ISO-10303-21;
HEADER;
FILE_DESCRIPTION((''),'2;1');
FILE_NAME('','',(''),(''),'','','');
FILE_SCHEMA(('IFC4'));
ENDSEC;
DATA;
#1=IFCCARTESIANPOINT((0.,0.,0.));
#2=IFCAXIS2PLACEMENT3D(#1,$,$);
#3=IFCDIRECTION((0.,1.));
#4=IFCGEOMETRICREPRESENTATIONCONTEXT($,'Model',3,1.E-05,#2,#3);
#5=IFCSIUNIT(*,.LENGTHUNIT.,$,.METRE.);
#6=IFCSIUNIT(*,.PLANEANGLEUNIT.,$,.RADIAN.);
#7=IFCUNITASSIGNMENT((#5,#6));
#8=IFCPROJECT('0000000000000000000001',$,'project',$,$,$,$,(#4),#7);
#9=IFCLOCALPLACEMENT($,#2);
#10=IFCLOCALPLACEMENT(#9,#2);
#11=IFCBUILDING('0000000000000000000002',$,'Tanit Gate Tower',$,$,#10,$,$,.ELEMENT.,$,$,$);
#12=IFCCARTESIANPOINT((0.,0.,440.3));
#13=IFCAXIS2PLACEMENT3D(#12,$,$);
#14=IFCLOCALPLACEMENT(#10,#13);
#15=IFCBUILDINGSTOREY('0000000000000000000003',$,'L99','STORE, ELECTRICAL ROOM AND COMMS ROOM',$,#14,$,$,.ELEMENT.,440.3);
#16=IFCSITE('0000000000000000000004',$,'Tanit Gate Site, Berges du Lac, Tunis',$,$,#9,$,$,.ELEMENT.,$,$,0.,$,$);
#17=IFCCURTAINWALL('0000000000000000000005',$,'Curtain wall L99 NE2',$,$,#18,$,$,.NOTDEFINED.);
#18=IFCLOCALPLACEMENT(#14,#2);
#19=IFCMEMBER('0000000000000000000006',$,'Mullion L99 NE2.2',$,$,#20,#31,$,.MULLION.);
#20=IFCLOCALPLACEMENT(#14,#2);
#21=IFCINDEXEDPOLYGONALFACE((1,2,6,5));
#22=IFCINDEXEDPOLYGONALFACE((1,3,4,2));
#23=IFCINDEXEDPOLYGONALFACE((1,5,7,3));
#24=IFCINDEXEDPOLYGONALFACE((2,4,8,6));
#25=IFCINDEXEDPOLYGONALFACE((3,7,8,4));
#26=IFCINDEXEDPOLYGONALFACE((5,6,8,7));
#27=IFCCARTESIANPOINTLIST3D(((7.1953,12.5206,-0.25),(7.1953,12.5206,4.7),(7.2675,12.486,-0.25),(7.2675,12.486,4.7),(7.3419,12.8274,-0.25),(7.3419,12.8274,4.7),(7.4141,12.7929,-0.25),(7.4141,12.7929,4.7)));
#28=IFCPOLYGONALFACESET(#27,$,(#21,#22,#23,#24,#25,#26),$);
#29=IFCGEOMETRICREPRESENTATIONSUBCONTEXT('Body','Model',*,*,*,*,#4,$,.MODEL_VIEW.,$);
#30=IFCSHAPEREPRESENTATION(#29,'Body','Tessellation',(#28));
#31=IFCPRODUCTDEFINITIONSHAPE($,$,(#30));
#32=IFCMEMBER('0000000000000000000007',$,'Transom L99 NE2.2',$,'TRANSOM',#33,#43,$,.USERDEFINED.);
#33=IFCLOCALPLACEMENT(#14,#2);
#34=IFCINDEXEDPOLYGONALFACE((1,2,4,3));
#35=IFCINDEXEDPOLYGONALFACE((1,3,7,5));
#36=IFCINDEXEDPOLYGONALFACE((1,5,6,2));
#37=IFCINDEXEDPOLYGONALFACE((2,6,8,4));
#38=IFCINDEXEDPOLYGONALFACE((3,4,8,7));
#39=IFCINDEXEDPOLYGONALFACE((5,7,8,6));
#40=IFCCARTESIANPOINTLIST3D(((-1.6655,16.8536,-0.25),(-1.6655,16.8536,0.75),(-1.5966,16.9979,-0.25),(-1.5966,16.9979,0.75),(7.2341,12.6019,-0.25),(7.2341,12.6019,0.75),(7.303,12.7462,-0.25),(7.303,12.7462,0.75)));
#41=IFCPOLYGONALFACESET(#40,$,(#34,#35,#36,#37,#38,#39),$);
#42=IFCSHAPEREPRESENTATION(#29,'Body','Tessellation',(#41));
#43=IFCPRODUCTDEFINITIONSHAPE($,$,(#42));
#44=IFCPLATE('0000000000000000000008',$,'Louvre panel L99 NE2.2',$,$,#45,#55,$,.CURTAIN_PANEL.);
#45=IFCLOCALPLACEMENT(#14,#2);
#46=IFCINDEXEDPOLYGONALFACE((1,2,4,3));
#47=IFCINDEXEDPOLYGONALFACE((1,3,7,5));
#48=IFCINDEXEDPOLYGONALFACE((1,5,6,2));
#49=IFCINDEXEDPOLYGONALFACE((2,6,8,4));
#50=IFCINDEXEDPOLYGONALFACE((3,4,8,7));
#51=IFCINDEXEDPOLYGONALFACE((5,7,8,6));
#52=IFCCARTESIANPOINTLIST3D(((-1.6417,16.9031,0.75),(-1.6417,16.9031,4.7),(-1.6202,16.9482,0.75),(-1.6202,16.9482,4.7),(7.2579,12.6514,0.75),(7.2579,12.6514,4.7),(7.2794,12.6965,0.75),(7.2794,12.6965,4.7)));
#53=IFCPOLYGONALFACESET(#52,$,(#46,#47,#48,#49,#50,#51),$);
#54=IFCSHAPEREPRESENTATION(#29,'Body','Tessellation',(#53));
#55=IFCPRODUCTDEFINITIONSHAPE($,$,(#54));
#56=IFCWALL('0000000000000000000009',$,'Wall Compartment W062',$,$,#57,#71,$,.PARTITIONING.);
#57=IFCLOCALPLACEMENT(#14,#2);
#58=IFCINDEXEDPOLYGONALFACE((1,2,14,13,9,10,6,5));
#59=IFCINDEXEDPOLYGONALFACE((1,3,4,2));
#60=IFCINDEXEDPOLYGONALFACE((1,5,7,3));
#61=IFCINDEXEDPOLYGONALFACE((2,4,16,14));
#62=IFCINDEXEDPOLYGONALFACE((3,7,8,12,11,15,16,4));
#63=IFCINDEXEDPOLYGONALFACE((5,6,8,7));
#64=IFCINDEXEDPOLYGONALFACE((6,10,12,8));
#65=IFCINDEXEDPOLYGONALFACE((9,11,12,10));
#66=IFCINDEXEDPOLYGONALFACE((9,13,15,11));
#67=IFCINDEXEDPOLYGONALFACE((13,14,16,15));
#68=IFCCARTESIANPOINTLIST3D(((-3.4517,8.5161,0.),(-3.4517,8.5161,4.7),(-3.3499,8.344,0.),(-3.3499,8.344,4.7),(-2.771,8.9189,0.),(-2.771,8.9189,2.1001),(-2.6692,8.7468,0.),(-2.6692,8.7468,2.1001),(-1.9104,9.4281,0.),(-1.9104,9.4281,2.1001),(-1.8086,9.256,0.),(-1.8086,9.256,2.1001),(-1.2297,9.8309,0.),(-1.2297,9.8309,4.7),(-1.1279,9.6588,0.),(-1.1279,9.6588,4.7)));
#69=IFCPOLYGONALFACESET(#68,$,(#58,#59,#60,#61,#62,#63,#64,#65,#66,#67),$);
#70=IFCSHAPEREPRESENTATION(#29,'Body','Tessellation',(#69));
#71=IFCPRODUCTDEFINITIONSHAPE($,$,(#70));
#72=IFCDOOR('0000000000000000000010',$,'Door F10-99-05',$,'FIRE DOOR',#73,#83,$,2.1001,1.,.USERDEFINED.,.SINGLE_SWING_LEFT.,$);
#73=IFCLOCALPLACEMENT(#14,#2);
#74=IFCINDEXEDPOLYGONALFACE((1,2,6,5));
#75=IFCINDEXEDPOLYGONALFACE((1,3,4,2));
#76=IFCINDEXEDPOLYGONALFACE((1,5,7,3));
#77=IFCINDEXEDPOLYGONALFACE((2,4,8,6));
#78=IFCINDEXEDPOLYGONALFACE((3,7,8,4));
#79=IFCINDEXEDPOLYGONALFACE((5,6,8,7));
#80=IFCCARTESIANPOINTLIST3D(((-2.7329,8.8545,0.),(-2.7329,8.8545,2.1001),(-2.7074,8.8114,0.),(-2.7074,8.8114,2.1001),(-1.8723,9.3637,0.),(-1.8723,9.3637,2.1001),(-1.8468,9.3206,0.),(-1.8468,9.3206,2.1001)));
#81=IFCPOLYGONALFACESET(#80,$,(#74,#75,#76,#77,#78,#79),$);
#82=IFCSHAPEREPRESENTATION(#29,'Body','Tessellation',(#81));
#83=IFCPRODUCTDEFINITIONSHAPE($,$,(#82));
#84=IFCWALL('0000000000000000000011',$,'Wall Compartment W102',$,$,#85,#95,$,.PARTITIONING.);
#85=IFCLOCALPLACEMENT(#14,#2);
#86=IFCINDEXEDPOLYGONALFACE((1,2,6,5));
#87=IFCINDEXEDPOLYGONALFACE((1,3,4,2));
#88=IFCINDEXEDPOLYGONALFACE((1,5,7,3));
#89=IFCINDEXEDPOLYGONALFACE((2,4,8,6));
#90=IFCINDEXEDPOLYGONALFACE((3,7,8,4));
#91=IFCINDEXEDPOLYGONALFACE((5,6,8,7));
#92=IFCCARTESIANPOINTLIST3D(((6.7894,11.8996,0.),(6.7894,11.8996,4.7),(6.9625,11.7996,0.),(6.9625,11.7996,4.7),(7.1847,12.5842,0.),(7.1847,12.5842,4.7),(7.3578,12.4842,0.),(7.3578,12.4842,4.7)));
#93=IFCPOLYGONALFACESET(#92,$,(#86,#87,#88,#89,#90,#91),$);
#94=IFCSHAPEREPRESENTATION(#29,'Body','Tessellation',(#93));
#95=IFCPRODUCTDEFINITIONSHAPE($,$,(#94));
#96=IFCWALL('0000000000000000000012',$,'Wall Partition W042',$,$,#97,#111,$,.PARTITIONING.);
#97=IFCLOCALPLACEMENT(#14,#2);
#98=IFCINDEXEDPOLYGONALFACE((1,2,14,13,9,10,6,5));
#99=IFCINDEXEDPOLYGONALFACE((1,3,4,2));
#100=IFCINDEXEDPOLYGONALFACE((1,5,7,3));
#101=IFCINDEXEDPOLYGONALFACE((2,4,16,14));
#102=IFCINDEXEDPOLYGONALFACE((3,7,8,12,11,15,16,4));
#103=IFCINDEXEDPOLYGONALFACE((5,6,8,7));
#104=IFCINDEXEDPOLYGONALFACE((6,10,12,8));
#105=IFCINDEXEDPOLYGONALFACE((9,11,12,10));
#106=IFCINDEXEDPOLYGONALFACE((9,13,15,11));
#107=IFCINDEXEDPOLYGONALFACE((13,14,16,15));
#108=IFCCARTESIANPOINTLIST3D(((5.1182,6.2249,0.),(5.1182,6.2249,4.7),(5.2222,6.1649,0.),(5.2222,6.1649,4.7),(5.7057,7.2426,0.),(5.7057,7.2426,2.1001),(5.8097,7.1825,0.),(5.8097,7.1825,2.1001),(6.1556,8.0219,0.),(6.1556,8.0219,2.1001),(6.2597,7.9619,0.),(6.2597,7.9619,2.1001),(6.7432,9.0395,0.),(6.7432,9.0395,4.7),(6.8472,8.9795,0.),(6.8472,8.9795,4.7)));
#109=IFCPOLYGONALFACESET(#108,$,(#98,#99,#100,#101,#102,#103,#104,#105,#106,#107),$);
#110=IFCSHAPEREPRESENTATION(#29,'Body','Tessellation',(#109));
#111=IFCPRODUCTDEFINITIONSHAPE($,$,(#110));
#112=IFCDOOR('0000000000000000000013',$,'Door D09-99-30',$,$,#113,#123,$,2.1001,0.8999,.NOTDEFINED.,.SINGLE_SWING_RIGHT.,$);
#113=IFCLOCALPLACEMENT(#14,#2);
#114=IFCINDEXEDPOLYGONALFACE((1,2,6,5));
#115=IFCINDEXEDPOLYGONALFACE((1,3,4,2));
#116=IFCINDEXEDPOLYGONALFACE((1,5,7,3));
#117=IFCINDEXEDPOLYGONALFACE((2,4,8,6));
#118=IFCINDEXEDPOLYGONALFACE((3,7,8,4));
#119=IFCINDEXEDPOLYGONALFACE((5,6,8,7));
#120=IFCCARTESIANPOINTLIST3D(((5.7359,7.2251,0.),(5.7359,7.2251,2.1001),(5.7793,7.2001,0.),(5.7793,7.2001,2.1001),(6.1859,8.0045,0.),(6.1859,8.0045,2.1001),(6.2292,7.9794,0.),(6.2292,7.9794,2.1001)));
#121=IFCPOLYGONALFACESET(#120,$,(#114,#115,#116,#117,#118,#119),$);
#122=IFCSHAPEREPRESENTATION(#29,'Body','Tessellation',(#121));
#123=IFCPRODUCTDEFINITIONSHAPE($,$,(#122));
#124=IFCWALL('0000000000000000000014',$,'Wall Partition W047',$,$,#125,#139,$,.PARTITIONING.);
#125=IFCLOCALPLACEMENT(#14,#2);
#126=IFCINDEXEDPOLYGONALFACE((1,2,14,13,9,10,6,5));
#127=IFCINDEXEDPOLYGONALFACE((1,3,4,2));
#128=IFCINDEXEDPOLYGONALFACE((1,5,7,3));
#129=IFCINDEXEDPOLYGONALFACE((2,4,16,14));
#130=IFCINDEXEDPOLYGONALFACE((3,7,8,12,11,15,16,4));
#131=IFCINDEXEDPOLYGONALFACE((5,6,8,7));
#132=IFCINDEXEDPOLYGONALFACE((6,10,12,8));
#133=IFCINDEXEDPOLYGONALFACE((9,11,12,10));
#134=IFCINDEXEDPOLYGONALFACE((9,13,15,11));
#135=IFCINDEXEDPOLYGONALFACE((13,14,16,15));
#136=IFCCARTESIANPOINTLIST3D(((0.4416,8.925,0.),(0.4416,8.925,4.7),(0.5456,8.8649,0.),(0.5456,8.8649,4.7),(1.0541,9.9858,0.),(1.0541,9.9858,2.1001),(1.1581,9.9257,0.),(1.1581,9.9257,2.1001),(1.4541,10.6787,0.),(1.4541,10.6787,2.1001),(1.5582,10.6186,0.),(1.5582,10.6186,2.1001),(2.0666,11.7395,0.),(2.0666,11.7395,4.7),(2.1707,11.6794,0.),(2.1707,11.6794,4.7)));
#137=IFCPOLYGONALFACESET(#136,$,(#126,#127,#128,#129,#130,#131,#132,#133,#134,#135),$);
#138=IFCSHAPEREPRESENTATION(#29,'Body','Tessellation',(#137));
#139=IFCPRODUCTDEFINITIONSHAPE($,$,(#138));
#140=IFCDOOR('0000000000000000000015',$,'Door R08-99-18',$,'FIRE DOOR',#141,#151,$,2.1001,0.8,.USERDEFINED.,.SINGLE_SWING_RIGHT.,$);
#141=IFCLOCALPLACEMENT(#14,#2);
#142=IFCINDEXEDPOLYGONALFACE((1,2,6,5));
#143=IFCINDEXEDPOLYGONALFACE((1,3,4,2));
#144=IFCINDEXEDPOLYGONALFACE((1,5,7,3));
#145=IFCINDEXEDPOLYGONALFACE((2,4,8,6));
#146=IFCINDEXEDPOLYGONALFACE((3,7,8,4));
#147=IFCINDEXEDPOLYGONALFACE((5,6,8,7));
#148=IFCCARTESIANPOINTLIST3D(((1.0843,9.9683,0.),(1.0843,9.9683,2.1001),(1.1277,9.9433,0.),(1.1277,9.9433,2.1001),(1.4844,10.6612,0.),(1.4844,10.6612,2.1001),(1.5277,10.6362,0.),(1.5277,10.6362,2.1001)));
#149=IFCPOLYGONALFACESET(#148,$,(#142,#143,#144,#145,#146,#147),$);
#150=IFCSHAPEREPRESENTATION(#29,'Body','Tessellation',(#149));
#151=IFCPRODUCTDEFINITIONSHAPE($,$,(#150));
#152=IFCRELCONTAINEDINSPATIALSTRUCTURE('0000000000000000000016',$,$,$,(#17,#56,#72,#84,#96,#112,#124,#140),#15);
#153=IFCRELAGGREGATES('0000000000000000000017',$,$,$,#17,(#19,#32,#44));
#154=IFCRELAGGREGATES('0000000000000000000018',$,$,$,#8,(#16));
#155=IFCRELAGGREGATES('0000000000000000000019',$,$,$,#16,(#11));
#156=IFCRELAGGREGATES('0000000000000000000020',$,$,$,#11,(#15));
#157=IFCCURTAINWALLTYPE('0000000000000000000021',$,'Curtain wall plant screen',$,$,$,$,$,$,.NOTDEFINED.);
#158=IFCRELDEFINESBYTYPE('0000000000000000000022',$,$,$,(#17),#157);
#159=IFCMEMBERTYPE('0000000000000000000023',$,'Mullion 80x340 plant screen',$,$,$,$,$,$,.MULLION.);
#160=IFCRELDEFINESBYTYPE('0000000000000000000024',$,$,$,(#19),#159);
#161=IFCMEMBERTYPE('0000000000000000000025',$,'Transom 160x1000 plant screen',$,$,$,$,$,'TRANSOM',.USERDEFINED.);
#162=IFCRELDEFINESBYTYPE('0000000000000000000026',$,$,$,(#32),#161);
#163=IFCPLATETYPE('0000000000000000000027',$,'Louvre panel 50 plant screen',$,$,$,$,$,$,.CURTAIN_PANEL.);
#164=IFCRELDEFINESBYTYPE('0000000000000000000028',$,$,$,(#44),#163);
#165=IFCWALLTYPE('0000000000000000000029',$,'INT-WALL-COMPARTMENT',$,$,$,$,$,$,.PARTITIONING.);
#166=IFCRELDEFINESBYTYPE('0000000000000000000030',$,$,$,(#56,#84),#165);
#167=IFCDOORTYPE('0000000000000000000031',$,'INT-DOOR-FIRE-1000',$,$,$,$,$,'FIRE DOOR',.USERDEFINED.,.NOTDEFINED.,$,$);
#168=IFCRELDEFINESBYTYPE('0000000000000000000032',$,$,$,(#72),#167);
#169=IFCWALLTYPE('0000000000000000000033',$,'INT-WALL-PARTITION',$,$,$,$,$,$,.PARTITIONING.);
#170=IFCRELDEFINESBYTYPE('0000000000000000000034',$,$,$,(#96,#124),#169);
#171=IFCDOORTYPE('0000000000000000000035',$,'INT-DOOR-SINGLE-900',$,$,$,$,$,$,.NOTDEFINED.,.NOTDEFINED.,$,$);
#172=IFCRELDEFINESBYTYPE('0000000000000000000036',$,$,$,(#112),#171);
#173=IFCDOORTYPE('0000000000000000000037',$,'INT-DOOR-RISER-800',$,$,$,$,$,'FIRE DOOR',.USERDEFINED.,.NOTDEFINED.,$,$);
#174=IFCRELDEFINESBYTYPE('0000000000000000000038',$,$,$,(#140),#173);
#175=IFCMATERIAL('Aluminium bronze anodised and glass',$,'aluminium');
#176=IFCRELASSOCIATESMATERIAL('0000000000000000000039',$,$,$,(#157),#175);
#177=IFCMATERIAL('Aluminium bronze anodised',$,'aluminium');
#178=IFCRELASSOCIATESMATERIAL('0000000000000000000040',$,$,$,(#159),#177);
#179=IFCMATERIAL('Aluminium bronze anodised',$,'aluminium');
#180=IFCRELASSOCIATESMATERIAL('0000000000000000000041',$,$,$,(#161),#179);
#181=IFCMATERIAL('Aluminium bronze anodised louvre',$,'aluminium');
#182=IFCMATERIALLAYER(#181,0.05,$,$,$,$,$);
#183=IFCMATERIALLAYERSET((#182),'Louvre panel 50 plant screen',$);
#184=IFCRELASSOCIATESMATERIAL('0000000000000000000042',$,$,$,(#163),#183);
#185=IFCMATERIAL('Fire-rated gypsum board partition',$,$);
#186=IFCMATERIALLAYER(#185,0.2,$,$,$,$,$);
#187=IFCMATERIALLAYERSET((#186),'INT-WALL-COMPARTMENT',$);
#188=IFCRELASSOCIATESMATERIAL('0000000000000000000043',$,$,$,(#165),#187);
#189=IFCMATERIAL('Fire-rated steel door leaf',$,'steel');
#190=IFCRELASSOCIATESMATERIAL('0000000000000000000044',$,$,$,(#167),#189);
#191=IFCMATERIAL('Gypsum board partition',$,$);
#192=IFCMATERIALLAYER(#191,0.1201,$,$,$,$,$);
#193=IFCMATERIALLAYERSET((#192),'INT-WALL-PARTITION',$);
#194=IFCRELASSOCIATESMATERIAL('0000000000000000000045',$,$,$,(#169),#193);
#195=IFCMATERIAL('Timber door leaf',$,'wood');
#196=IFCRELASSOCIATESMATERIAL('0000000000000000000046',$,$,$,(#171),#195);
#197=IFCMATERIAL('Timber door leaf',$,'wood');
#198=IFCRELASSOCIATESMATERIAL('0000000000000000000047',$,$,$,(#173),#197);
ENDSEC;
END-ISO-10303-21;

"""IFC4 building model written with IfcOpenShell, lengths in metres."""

from ifc_helpers import new_model, si_unit, direction, frame, frame_2d, origin, origin_2d, place, context, subcontext, project, spatial, rectangle, extrude, material, layer, layer_set, material_profile, profile_set, type_object, element, fill, aggregate, save


model = new_model("IFC4")

# Units and contexts
model_context = context("Model", 3, precision=1e-05, world=origin(), true_north=direction((0.0, 1.0)))
body_context = subcontext(model_context, "Body", "Model", "MODEL_VIEW")
ifc_project = project(units=[si_unit("LENGTHUNIT", "METRE"), si_unit("PLANEANGLEUNIT", "RADIAN")], contexts=[model_context])

# Site, building, storey
site_placement = place(None, origin())
site = spatial("IfcSite", under=ifc_project, at=site_placement, Name="Tanit Gate Site, Berges du Lac, Tunis", CompositionType="ELEMENT", RefElevation=0.0)
building_placement = place(site_placement, origin())
building = spatial("IfcBuilding", under=site, at=building_placement, Name="Tanit Gate Tower", CompositionType="ELEMENT")
storey_placement = place(building_placement, frame((0.0, 0.0, 440.3)))
storey = spatial("IfcBuildingStorey", under=building, at=storey_placement, Name="L99", Description="STORE, ELECTRICAL ROOM AND COMMS ROOM", CompositionType="ELEMENT", Elevation=440.3)

# Curtain wall, members, plate
ifc_material_1 = material(Name="Aluminium bronze anodised and glass", Category="aluminium")
curtain_wall_type = type_object("IfcCurtainWallType", Name="Curtain wall plant screen", PredefinedType="NOTDEFINED", material=ifc_material_1)
curtain_wall_placement = place(storey_placement, origin())
curtain_wall = element("IfcCurtainWall", 1, at=curtain_wall_placement, inside=storey, type_object=curtain_wall_type, Name="Curtain wall L99 NE2", PredefinedType="NOTDEFINED")
ifc_material_2 = material(Name="Aluminium bronze anodised", Category="aluminium")
ifc_material_profile_1 = material_profile(ifc_material_2, rectangle(XDim=0.3401, YDim=0.0801, at=origin_2d()), Name="80x340 bronze mullion")
ifc_profile_set_1 = profile_set([ifc_material_profile_1], Name="Aluminium bronze anodised")
member_type_1 = type_object("IfcMemberType", Name="Mullion 80x340 plant screen", PredefinedType="MULLION", material=ifc_profile_set_1)
member_1_placement = place(storey_placement, frame((7.3047, 12.6567, -0.25), z_axis=(0.0, 0.0, 1.0), x_axis=(-0.431073, -0.902317, 0.0)))
member_1 = element("IfcMember", 2, at=member_1_placement, type_object=member_type_1, Name="Mullion L99 NE2.2", PredefinedType="MULLION", context=body_context, shape_type="SweptSolid", body=[
    extrude(rectangle(XDim=0.3401, YDim=0.0801, at=origin_2d()), origin(), (0.0, 0.0, 1.0), 4.95),
])
ifc_material_3 = material(Name="Aluminium bronze anodised", Category="aluminium")
ifc_material_profile_2 = material_profile(ifc_material_3, rectangle(XDim=0.1599, YDim=1.0, at=origin_2d()), Name="160x1000 bronze transom")
ifc_profile_set_2 = profile_set([ifc_material_profile_2], Name="Aluminium bronze anodised")
member_type_2 = type_object("IfcMemberType", Name="Transom 160x1000 plant screen", ElementType="TRANSOM", PredefinedType="USERDEFINED", material=ifc_profile_set_2)
member_2_placement = place(storey_placement, frame((7.2686, 12.6741, 0.25), z_axis=(-0.902318, 0.431072, 0.0), x_axis=(-0.431072, -0.902318, 0.0)))
member_2 = element("IfcMember", 3, at=member_2_placement, type_object=member_type_2, Name="Transom L99 NE2.2", ObjectType="TRANSOM", PredefinedType="USERDEFINED", context=body_context, shape_type="SweptSolid", body=[
    extrude(rectangle(XDim=0.1599, YDim=1.0, at=origin_2d()), origin(), (0.0, 0.0, 1.0), 9.863),
])
ifc_material_4 = material(Name="Aluminium bronze anodised louvre", Category="aluminium")
ifc_layer_1 = layer(ifc_material_4, 0.05)
ifc_layer_set_1 = layer_set([ifc_layer_1], Name="Louvre panel 50 plant screen")
plate_type = type_object("IfcPlateType", Name="Louvre panel 50 plant screen", PredefinedType="CURTAIN_PANEL", material=ifc_layer_set_1)
plate_placement = place(storey_placement, frame((2.8188, 14.7998, 0.75), z_axis=(0.0, 0.0, 1.0), x_axis=(-0.902317, 0.431073, 0.0)))
plate = element("IfcPlate", 4, at=plate_placement, type_object=plate_type, Name="Louvre panel L99 NE2.2", PredefinedType="CURTAIN_PANEL", context=body_context, shape_type="SweptSolid", body=[
    extrude(rectangle(XDim=9.863, YDim=0.05, at=origin_2d()), origin(), (0.0, 0.0, 1.0), 3.95),
])
aggregate(curtain_wall, [member_1, member_2, plate])

# Wall, opening, door
ifc_material_5 = material(Name="Fire-rated gypsum board partition")
ifc_layer_2 = layer(ifc_material_5, 0.2)
ifc_layer_set_2 = layer_set([ifc_layer_2], Name="INT-WALL-COMPARTMENT")
wall_type_1 = type_object("IfcWallType", Name="INT-WALL-COMPARTMENT", PredefinedType="PARTITIONING", material=ifc_layer_set_2)
wall_1_placement = place(storey_placement, frame((-1.1787, 9.7449, 0.0), z_axis=(0.0, 0.0, 1.0), x_axis=(-0.860631, -0.509229, 0.0)))
wall_1 = element("IfcWall", 5, at=wall_1_placement, inside=storey, type_object=wall_type_1, Name="Wall Compartment W062", PredefinedType="PARTITIONING", context=body_context, shape_type="SweptSolid", body=[
    extrude(rectangle(XDim=2.5818, YDim=0.2, at=frame_2d((1.291, 0.0))), origin(), (0.0, 0.0, 1.0), 4.7),
])
opening_1_placement = place(wall_1_placement, frame((0.791, 0.0, 0.0)))
opening_1 = element("IfcOpeningElement", 6, at=opening_1_placement, cuts=wall_1, PredefinedType="OPENING", context=body_context, shape_type="SweptSolid", body=[
    extrude(rectangle(XDim=1.0, YDim=2.1001, at=frame_2d((0.5, 1.05))), frame((0.0, 0.1099, 0.0), z_axis=(0.0, -1.0, 0.0), x_axis=(1.0, 0.0, 0.0)), (0.0, 0.0, 1.0), 0.22),
])
ifc_material_6 = material(Name="Fire-rated steel door leaf", Category="steel")
door_type_1 = type_object("IfcDoorType", Name="INT-DOOR-FIRE-1000", ElementType="FIRE DOOR", OperationType="NOTDEFINED", PredefinedType="USERDEFINED", material=ifc_material_6)
door_1_placement = place(opening_1_placement, origin())
door_1 = element("IfcDoor", 7, at=door_1_placement, inside=storey, type_object=door_type_1, Name="Door F10-99-05", ObjectType="FIRE DOOR", OperationType="SINGLE_SWING_LEFT", OverallHeight=2.1001, OverallWidth=1.0, PredefinedType="USERDEFINED", context=body_context, shape_type="SweptSolid", body=[
    extrude(rectangle(XDim=1.0, YDim=2.1001, at=frame_2d((0.5, 1.05))), frame((0.0, 0.0249, 0.0), z_axis=(0.0, -1.0, 0.0), x_axis=(1.0, 0.0, 0.0)), (0.0, 0.0, 1.0), 0.05),
])
fill(opening_1, door_1)

# Wall
wall_2_placement = place(storey_placement, frame((7.2712, 12.5342, 0.0), z_axis=(0.0, 0.0, 1.0), x_axis=(-0.500025, -0.866011, 0.0)))
element("IfcWall", 8, at=wall_2_placement, inside=storey, type_object=wall_type_1, Name="Wall Compartment W102", PredefinedType="PARTITIONING", context=body_context, shape_type="SweptSolid", body=[
    extrude(rectangle(XDim=0.7905, YDim=0.2, at=frame_2d((0.3953, 0.0))), origin(), (0.0, 0.0, 1.0), 4.7),
])

# Walls, openings, doors
ifc_material_7 = material(Name="Gypsum board partition")
ifc_layer_3 = layer(ifc_material_7, 0.1201)
ifc_layer_set_3 = layer_set([ifc_layer_3], Name="INT-WALL-PARTITION")
wall_type_2 = type_object("IfcWallType", Name="INT-WALL-PARTITION", PredefinedType="PARTITIONING", material=ifc_layer_set_3)
wall_3_placement = place(storey_placement, frame((6.7952, 9.0095, 0.0), z_axis=(0.0, 0.0, 1.0), x_axis=(-0.499985, -0.866034, 0.0)))
wall_3 = element("IfcWall", 9, at=wall_3_placement, inside=storey, type_object=wall_type_2, Name="Wall Partition W042", PredefinedType="PARTITIONING", context=body_context, shape_type="SweptSolid", body=[
    extrude(rectangle(XDim=3.25, YDim=0.1201, at=frame_2d((1.625, 0.0))), origin(), (0.0, 0.0, 1.0), 4.7),
])
opening_2_placement = place(wall_3_placement, frame((1.175, 0.0, 0.0)))
opening_2 = element("IfcOpeningElement", 10, at=opening_2_placement, cuts=wall_3, PredefinedType="OPENING", context=body_context, shape_type="SweptSolid", body=[
    extrude(rectangle(XDim=0.8999, YDim=2.1001, at=frame_2d((0.45, 1.05))), frame((0.0, 0.0701, 0.0), z_axis=(0.0, -1.0, 0.0), x_axis=(1.0, 0.0, 0.0)), (0.0, 0.0, 1.0), 0.1401),
])
ifc_material_8 = material(Name="Timber door leaf", Category="wood")
door_type_2 = type_object("IfcDoorType", Name="INT-DOOR-SINGLE-900", OperationType="NOTDEFINED", PredefinedType="NOTDEFINED", material=ifc_material_8)
door_2_placement = place(opening_2_placement, origin())
door_2 = element("IfcDoor", 11, at=door_2_placement, inside=storey, type_object=door_type_2, Name="Door D09-99-30", OperationType="SINGLE_SWING_RIGHT", OverallHeight=2.1001, OverallWidth=0.8999, PredefinedType="NOTDEFINED", context=body_context, shape_type="SweptSolid", body=[
    extrude(rectangle(XDim=0.8999, YDim=2.1001, at=frame_2d((0.45, 1.05))), frame((0.0, 0.0249, 0.0), z_axis=(0.0, -1.0, 0.0), x_axis=(1.0, 0.0, 0.0)), (0.0, 0.0, 1.0), 0.05),
])
fill(opening_2, door_2)
wall_4_placement = place(storey_placement, frame((2.1187, 11.7095, 0.0), z_axis=(0.0, 0.0, 1.0), x_axis=(-0.500017, -0.866015, 0.0)))
wall_4 = element("IfcWall", 12, at=wall_4_placement, inside=storey, type_object=wall_type_2, Name="Wall Partition W047", PredefinedType="PARTITIONING", context=body_context, shape_type="SweptSolid", body=[
    extrude(rectangle(XDim=3.25, YDim=0.1201, at=frame_2d((1.625, 0.0))), origin(), (0.0, 0.0, 1.0), 4.7),
])
opening_3_placement = place(wall_4_placement, frame((1.2251, 0.0, 0.0)))
opening_3 = element("IfcOpeningElement", 13, at=opening_3_placement, cuts=wall_4, PredefinedType="OPENING", context=body_context, shape_type="SweptSolid", body=[
    extrude(rectangle(XDim=0.8, YDim=2.1001, at=frame_2d((0.3999, 1.05))), frame((0.0, 0.0701, 0.0), z_axis=(0.0, -1.0, 0.0), x_axis=(1.0, 0.0, 0.0)), (0.0, 0.0, 1.0), 0.1401),
])
ifc_material_9 = material(Name="Timber door leaf", Category="wood")
door_type_3 = type_object("IfcDoorType", Name="INT-DOOR-RISER-800", ElementType="FIRE DOOR", OperationType="NOTDEFINED", PredefinedType="USERDEFINED", material=ifc_material_9)
door_3_placement = place(opening_3_placement, origin())
door_3 = element("IfcDoor", 14, at=door_3_placement, inside=storey, type_object=door_type_3, Name="Door R08-99-18", ObjectType="FIRE DOOR", OperationType="SINGLE_SWING_RIGHT", OverallHeight=2.1001, OverallWidth=0.8, PredefinedType="USERDEFINED", context=body_context, shape_type="SweptSolid", body=[
    extrude(rectangle(XDim=0.8, YDim=2.1001, at=frame_2d((0.3999, 1.05))), frame((0.0, 0.0249, 0.0), z_axis=(0.0, -1.0, 0.0), x_axis=(1.0, 0.0, 0.0)), (0.0, 0.0, 1.0), 0.05),
])
fill(opening_3, door_3)

save(model, "model.ifc")
